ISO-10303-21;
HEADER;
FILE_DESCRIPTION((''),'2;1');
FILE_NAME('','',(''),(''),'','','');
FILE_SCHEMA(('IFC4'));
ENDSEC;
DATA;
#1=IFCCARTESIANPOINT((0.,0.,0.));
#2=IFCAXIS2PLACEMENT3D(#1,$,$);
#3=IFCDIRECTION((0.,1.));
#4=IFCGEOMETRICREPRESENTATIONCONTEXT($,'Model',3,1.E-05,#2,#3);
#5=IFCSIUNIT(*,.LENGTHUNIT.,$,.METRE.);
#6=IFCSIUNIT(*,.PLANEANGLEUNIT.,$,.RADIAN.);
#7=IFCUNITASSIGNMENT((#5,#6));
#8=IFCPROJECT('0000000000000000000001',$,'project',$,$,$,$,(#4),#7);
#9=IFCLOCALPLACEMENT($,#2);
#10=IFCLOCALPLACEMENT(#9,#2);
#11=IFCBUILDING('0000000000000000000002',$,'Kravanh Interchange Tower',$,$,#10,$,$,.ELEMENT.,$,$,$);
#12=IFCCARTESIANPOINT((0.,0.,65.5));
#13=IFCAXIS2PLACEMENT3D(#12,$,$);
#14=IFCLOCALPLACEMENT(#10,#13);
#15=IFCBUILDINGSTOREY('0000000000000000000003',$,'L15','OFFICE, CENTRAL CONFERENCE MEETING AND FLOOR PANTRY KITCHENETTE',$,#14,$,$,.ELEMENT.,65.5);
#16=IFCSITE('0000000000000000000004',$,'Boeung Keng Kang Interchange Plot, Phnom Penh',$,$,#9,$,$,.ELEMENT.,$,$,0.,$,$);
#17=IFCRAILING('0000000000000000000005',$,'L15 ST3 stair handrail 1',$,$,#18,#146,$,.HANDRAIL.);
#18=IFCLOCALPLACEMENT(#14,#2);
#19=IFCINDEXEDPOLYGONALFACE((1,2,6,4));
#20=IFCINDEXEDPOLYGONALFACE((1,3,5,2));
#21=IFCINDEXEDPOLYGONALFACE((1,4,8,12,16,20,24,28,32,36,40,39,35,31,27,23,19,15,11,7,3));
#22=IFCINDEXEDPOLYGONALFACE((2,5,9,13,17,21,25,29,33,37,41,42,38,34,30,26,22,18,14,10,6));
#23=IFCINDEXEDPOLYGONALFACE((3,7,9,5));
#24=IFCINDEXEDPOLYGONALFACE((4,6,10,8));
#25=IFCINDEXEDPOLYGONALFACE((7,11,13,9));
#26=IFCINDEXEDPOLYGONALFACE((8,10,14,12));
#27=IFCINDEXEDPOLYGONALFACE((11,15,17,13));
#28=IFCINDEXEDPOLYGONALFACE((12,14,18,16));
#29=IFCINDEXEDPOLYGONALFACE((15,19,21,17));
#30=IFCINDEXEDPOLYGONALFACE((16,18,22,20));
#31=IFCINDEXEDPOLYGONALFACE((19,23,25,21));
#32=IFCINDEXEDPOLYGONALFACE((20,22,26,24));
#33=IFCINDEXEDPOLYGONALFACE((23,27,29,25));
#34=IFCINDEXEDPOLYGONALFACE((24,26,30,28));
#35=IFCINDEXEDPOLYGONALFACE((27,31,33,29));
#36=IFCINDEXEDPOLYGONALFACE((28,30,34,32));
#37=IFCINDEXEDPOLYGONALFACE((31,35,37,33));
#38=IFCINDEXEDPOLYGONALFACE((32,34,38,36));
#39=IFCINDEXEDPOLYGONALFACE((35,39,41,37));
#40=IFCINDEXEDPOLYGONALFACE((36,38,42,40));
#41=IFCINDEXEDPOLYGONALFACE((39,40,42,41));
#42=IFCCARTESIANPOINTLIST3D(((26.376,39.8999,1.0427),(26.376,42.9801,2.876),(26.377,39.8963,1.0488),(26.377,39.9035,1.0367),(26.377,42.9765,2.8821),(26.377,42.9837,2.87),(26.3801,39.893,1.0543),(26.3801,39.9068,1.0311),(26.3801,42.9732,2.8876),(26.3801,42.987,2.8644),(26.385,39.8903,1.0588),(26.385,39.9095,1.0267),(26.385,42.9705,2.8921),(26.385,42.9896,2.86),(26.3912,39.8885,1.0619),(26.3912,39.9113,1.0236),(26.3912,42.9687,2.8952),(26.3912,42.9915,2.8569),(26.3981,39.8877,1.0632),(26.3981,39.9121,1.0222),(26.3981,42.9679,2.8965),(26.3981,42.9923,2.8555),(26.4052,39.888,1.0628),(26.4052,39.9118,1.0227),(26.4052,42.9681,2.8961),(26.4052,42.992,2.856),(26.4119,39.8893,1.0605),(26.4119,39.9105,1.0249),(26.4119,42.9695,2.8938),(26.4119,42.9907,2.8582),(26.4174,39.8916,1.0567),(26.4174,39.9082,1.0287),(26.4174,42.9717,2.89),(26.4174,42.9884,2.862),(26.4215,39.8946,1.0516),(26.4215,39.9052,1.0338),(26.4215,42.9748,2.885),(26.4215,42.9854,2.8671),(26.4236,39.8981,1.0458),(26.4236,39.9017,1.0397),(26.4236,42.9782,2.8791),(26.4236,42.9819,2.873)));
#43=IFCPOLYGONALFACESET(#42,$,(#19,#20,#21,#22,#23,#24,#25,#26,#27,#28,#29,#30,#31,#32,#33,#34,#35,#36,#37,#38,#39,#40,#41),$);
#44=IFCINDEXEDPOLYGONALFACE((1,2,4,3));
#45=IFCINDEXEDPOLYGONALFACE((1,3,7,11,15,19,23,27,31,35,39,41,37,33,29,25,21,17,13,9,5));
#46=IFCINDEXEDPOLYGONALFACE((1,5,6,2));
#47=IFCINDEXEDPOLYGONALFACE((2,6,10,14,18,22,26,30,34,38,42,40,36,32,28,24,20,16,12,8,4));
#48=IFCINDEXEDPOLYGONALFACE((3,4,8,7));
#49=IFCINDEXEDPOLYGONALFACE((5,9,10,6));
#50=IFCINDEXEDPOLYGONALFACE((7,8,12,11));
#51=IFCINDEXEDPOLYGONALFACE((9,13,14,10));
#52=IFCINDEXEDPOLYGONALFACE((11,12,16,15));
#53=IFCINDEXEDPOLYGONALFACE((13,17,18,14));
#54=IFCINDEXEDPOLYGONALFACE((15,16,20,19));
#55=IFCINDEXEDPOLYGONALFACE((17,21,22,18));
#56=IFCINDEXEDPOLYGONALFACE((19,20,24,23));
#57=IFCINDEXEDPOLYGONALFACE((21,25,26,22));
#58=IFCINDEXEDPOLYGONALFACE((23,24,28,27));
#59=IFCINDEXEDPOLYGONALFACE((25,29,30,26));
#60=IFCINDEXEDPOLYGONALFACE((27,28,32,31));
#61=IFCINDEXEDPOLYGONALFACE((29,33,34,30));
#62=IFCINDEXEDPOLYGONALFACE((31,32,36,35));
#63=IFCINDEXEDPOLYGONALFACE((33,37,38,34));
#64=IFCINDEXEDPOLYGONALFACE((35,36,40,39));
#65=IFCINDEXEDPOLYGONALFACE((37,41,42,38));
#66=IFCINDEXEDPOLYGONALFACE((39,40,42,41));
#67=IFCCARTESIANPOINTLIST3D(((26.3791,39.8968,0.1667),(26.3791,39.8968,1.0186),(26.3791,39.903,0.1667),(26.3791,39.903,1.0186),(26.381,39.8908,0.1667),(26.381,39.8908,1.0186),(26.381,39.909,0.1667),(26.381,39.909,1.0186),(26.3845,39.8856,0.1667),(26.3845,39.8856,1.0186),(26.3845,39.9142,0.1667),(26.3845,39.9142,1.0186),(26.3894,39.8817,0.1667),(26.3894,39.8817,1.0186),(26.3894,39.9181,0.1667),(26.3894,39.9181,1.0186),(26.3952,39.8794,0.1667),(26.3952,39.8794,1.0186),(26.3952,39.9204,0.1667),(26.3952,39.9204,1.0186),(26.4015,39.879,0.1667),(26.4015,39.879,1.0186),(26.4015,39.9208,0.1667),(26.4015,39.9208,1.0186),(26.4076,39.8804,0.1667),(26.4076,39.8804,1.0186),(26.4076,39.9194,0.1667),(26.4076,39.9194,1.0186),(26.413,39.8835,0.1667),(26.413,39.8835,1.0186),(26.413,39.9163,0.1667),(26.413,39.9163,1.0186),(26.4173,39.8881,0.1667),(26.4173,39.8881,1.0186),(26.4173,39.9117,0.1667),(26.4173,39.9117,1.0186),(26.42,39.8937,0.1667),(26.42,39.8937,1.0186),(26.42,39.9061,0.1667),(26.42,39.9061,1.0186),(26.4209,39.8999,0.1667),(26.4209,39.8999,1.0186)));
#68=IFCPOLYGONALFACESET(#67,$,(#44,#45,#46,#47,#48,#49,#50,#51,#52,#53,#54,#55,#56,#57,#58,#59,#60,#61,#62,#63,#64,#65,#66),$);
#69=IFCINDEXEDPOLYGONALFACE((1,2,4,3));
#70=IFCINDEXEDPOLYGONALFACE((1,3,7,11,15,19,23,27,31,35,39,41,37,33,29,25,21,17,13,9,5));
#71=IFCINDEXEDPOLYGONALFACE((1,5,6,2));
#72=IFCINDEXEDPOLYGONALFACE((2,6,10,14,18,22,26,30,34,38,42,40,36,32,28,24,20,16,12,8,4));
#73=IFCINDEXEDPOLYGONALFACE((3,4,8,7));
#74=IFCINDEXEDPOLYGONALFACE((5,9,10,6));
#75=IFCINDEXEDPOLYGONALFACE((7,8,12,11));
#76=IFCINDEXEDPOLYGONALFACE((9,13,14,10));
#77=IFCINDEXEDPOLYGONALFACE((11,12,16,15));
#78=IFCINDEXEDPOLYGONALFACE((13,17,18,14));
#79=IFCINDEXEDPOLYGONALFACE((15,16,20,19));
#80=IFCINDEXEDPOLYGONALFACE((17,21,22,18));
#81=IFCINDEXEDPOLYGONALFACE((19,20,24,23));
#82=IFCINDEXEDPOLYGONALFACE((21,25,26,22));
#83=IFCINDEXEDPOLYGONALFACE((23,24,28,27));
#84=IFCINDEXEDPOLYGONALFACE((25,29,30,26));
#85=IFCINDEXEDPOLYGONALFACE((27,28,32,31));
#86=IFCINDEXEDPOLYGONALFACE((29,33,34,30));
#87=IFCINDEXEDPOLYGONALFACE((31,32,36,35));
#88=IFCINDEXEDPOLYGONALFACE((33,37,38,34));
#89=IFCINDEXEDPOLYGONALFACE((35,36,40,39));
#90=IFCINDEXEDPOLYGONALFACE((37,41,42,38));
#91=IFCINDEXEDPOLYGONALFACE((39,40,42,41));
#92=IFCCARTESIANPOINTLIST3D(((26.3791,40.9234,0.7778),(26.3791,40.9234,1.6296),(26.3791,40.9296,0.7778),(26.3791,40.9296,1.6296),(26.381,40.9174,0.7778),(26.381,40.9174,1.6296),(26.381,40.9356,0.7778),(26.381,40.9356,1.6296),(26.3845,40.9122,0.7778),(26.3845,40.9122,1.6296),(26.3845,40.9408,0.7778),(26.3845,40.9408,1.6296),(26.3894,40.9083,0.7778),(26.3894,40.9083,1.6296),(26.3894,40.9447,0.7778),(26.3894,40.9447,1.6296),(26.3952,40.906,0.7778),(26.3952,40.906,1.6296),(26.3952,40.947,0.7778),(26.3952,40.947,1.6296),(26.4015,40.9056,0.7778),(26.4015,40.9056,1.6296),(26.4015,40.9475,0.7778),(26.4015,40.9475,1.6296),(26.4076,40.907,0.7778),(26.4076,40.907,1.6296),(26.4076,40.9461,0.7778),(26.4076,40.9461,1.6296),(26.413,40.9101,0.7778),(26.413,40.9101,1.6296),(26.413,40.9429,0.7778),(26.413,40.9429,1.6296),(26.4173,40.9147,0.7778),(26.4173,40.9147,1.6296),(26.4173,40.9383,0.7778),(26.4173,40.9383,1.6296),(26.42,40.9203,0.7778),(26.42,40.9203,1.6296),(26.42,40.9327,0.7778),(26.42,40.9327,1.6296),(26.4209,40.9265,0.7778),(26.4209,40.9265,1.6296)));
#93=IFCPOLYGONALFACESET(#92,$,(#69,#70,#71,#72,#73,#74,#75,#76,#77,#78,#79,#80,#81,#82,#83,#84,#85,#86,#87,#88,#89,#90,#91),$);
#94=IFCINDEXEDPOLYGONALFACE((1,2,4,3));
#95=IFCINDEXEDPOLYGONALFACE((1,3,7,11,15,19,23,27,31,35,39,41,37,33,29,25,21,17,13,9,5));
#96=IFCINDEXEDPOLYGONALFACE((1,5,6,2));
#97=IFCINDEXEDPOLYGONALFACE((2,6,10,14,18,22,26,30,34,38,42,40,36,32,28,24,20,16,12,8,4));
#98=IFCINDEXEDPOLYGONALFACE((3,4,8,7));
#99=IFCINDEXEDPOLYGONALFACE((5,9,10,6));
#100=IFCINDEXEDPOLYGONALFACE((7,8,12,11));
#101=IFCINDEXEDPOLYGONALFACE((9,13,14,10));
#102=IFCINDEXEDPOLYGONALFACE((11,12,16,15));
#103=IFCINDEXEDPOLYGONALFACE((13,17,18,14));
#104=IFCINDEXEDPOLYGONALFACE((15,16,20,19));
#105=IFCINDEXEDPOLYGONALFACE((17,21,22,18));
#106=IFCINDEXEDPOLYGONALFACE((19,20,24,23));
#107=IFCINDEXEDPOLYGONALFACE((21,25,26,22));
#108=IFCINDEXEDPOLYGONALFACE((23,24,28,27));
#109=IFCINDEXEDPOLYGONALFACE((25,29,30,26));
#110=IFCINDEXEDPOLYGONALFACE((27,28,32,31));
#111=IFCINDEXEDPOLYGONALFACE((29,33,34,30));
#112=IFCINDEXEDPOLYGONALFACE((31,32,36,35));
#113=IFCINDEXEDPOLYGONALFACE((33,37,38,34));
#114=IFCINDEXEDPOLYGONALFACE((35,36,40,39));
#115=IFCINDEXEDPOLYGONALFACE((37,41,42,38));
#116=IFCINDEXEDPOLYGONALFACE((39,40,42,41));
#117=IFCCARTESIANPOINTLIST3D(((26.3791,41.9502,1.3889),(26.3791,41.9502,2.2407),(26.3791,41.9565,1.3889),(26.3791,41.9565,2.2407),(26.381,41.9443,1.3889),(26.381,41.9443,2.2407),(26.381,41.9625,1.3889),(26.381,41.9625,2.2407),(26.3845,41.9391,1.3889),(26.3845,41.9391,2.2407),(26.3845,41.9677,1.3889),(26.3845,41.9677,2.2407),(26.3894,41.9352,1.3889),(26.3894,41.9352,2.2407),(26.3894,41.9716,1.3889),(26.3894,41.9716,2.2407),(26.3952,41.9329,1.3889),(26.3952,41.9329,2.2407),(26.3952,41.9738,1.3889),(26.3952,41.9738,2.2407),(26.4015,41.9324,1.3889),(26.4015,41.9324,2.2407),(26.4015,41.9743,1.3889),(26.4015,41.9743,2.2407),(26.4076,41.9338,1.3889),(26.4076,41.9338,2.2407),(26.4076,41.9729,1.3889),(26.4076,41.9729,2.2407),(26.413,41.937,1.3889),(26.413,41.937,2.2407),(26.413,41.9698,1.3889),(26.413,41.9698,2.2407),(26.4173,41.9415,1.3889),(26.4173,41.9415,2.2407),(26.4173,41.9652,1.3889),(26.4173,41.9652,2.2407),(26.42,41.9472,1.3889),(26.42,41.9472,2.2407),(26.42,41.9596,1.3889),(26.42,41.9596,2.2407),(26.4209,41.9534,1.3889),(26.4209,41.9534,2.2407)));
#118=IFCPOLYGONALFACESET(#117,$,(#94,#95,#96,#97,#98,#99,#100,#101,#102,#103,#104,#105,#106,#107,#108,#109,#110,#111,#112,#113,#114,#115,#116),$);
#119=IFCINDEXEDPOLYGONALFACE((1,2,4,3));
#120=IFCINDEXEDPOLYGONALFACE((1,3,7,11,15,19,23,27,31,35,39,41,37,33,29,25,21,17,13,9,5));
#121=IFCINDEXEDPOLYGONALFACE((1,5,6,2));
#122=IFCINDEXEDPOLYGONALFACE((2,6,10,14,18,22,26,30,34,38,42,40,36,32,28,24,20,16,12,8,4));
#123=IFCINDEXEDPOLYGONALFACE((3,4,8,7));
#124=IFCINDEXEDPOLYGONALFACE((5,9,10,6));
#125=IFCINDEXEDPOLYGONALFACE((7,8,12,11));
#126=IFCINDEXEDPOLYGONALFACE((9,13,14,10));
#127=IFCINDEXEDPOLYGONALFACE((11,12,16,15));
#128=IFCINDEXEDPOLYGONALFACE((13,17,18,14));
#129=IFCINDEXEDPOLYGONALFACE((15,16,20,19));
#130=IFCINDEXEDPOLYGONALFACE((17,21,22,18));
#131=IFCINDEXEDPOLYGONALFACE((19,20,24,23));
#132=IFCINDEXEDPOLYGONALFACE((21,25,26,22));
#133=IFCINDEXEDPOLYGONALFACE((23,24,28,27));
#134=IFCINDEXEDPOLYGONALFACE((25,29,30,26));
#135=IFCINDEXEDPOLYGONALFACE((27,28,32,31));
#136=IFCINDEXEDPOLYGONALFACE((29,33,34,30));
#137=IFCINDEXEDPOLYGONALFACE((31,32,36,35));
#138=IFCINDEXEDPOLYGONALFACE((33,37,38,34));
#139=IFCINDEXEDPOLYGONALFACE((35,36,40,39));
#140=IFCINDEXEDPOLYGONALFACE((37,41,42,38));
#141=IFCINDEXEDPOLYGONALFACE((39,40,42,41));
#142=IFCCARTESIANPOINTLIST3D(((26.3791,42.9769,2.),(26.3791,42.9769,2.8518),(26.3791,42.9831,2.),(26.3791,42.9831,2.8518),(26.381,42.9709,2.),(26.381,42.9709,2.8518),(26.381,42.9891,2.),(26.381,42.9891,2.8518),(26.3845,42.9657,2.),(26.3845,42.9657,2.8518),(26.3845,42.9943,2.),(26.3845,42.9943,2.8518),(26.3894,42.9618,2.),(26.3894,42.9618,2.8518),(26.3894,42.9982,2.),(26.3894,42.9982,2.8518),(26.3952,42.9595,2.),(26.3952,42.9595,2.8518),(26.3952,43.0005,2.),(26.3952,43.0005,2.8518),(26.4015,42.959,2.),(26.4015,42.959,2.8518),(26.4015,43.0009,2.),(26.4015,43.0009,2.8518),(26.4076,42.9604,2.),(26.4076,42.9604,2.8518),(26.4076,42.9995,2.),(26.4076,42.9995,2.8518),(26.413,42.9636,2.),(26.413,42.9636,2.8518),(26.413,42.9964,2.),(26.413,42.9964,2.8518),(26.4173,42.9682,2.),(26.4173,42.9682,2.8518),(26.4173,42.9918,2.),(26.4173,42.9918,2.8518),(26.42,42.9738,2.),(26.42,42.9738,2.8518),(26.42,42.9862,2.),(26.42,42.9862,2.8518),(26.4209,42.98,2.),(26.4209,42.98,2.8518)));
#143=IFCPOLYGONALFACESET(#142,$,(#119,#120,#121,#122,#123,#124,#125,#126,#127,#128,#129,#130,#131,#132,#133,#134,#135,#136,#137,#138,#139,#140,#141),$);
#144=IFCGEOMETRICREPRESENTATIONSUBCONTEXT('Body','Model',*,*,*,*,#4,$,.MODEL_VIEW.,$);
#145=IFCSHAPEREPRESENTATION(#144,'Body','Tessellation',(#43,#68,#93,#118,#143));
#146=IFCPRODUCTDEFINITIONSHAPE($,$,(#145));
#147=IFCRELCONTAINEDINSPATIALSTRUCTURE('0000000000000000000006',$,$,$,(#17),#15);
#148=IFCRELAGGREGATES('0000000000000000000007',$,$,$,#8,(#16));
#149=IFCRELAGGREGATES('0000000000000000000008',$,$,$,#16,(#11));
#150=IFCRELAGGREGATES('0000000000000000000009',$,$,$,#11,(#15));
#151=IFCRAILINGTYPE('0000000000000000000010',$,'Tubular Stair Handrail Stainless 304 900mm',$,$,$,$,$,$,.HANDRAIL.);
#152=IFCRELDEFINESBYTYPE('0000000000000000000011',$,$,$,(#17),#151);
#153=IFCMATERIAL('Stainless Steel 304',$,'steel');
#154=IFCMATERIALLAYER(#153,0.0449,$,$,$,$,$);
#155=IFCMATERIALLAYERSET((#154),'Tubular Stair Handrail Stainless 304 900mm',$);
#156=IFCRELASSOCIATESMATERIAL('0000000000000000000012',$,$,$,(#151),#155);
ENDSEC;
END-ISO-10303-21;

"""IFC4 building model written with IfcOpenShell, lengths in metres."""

from ifc_helpers import new_model, si_unit, direction, frame, origin, origin_2d, place, context, subcontext, project, spatial, circle, extrude, material, layer, layer_set, type_object, element, save


model = new_model("IFC4")

# Units and contexts
model_context = context("Model", 3, precision=1e-05, world=origin(), true_north=direction((0.0, 1.0)))
body_context = subcontext(model_context, "Body", "Model", "MODEL_VIEW")
ifc_project = project(units=[si_unit("LENGTHUNIT", "METRE"), si_unit("PLANEANGLEUNIT", "RADIAN")], contexts=[model_context])

# Site, building, storey
site_placement = place(None, origin())
site = spatial("IfcSite", under=ifc_project, at=site_placement, Name="Boeung Keng Kang Interchange Plot, Phnom Penh", CompositionType="ELEMENT", RefElevation=0.0)
building_placement = place(site_placement, origin())
building = spatial("IfcBuilding", under=site, at=building_placement, Name="Kravanh Interchange Tower", CompositionType="ELEMENT")
storey_placement = place(building_placement, frame((0.0, 0.0, 65.5)))
storey = spatial("IfcBuildingStorey", under=building, at=storey_placement, Name="L15", Description="OFFICE, CENTRAL CONFERENCE MEETING AND FLOOR PANTRY KITCHENETTE", CompositionType="ELEMENT", Elevation=65.5)

# Railing
ifc_material_1 = material(Name="Stainless Steel 304", Category="steel")
ifc_layer_1 = layer(ifc_material_1, 0.0449)
ifc_layer_set_1 = layer_set([ifc_layer_1], Name="Tubular Stair Handrail Stainless 304 900mm")
railing_type_1 = type_object("IfcRailingType", Name="Tubular Stair Handrail Stainless 304 900mm", PredefinedType="HANDRAIL", material=ifc_layer_set_1)
railing_1_placement = place(storey_placement, frame((26.3999, 39.8999, 0.1667)))
element("IfcRailing", 1, at=railing_1_placement, inside=storey, type_object=railing_type_1, Name="L15 ST3 stair handrail 1", PredefinedType="HANDRAIL", context=body_context, shape_type="SweptSolid", body=[
    extrude(circle(Radius=0.0239, at=origin_2d()), frame((0.0, 0.0, 0.876), z_axis=(0.0, 0.859309, 0.511458), x_axis=(-1.0, 0.0, 0.0)), (0.0, 0.0, 1.0), 3.5845),
    extrude(circle(Radius=0.021, at=origin_2d()), origin(), (0.0, 0.0, 1.0), 0.8518),
    extrude(circle(Radius=0.021, at=origin_2d()), frame((0.0, 1.0266, 0.6111)), (0.0, 0.0, 1.0), 0.8518),
    extrude(circle(Radius=0.021, at=origin_2d()), frame((0.0, 2.0535, 1.2222)), (0.0, 0.0, 1.0), 0.8518),
    extrude(circle(Radius=0.021, at=origin_2d()), frame((0.0, 3.0801, 1.8333)), (0.0, 0.0, 1.0), 0.8518),
])

save(model, "model.ifc")
